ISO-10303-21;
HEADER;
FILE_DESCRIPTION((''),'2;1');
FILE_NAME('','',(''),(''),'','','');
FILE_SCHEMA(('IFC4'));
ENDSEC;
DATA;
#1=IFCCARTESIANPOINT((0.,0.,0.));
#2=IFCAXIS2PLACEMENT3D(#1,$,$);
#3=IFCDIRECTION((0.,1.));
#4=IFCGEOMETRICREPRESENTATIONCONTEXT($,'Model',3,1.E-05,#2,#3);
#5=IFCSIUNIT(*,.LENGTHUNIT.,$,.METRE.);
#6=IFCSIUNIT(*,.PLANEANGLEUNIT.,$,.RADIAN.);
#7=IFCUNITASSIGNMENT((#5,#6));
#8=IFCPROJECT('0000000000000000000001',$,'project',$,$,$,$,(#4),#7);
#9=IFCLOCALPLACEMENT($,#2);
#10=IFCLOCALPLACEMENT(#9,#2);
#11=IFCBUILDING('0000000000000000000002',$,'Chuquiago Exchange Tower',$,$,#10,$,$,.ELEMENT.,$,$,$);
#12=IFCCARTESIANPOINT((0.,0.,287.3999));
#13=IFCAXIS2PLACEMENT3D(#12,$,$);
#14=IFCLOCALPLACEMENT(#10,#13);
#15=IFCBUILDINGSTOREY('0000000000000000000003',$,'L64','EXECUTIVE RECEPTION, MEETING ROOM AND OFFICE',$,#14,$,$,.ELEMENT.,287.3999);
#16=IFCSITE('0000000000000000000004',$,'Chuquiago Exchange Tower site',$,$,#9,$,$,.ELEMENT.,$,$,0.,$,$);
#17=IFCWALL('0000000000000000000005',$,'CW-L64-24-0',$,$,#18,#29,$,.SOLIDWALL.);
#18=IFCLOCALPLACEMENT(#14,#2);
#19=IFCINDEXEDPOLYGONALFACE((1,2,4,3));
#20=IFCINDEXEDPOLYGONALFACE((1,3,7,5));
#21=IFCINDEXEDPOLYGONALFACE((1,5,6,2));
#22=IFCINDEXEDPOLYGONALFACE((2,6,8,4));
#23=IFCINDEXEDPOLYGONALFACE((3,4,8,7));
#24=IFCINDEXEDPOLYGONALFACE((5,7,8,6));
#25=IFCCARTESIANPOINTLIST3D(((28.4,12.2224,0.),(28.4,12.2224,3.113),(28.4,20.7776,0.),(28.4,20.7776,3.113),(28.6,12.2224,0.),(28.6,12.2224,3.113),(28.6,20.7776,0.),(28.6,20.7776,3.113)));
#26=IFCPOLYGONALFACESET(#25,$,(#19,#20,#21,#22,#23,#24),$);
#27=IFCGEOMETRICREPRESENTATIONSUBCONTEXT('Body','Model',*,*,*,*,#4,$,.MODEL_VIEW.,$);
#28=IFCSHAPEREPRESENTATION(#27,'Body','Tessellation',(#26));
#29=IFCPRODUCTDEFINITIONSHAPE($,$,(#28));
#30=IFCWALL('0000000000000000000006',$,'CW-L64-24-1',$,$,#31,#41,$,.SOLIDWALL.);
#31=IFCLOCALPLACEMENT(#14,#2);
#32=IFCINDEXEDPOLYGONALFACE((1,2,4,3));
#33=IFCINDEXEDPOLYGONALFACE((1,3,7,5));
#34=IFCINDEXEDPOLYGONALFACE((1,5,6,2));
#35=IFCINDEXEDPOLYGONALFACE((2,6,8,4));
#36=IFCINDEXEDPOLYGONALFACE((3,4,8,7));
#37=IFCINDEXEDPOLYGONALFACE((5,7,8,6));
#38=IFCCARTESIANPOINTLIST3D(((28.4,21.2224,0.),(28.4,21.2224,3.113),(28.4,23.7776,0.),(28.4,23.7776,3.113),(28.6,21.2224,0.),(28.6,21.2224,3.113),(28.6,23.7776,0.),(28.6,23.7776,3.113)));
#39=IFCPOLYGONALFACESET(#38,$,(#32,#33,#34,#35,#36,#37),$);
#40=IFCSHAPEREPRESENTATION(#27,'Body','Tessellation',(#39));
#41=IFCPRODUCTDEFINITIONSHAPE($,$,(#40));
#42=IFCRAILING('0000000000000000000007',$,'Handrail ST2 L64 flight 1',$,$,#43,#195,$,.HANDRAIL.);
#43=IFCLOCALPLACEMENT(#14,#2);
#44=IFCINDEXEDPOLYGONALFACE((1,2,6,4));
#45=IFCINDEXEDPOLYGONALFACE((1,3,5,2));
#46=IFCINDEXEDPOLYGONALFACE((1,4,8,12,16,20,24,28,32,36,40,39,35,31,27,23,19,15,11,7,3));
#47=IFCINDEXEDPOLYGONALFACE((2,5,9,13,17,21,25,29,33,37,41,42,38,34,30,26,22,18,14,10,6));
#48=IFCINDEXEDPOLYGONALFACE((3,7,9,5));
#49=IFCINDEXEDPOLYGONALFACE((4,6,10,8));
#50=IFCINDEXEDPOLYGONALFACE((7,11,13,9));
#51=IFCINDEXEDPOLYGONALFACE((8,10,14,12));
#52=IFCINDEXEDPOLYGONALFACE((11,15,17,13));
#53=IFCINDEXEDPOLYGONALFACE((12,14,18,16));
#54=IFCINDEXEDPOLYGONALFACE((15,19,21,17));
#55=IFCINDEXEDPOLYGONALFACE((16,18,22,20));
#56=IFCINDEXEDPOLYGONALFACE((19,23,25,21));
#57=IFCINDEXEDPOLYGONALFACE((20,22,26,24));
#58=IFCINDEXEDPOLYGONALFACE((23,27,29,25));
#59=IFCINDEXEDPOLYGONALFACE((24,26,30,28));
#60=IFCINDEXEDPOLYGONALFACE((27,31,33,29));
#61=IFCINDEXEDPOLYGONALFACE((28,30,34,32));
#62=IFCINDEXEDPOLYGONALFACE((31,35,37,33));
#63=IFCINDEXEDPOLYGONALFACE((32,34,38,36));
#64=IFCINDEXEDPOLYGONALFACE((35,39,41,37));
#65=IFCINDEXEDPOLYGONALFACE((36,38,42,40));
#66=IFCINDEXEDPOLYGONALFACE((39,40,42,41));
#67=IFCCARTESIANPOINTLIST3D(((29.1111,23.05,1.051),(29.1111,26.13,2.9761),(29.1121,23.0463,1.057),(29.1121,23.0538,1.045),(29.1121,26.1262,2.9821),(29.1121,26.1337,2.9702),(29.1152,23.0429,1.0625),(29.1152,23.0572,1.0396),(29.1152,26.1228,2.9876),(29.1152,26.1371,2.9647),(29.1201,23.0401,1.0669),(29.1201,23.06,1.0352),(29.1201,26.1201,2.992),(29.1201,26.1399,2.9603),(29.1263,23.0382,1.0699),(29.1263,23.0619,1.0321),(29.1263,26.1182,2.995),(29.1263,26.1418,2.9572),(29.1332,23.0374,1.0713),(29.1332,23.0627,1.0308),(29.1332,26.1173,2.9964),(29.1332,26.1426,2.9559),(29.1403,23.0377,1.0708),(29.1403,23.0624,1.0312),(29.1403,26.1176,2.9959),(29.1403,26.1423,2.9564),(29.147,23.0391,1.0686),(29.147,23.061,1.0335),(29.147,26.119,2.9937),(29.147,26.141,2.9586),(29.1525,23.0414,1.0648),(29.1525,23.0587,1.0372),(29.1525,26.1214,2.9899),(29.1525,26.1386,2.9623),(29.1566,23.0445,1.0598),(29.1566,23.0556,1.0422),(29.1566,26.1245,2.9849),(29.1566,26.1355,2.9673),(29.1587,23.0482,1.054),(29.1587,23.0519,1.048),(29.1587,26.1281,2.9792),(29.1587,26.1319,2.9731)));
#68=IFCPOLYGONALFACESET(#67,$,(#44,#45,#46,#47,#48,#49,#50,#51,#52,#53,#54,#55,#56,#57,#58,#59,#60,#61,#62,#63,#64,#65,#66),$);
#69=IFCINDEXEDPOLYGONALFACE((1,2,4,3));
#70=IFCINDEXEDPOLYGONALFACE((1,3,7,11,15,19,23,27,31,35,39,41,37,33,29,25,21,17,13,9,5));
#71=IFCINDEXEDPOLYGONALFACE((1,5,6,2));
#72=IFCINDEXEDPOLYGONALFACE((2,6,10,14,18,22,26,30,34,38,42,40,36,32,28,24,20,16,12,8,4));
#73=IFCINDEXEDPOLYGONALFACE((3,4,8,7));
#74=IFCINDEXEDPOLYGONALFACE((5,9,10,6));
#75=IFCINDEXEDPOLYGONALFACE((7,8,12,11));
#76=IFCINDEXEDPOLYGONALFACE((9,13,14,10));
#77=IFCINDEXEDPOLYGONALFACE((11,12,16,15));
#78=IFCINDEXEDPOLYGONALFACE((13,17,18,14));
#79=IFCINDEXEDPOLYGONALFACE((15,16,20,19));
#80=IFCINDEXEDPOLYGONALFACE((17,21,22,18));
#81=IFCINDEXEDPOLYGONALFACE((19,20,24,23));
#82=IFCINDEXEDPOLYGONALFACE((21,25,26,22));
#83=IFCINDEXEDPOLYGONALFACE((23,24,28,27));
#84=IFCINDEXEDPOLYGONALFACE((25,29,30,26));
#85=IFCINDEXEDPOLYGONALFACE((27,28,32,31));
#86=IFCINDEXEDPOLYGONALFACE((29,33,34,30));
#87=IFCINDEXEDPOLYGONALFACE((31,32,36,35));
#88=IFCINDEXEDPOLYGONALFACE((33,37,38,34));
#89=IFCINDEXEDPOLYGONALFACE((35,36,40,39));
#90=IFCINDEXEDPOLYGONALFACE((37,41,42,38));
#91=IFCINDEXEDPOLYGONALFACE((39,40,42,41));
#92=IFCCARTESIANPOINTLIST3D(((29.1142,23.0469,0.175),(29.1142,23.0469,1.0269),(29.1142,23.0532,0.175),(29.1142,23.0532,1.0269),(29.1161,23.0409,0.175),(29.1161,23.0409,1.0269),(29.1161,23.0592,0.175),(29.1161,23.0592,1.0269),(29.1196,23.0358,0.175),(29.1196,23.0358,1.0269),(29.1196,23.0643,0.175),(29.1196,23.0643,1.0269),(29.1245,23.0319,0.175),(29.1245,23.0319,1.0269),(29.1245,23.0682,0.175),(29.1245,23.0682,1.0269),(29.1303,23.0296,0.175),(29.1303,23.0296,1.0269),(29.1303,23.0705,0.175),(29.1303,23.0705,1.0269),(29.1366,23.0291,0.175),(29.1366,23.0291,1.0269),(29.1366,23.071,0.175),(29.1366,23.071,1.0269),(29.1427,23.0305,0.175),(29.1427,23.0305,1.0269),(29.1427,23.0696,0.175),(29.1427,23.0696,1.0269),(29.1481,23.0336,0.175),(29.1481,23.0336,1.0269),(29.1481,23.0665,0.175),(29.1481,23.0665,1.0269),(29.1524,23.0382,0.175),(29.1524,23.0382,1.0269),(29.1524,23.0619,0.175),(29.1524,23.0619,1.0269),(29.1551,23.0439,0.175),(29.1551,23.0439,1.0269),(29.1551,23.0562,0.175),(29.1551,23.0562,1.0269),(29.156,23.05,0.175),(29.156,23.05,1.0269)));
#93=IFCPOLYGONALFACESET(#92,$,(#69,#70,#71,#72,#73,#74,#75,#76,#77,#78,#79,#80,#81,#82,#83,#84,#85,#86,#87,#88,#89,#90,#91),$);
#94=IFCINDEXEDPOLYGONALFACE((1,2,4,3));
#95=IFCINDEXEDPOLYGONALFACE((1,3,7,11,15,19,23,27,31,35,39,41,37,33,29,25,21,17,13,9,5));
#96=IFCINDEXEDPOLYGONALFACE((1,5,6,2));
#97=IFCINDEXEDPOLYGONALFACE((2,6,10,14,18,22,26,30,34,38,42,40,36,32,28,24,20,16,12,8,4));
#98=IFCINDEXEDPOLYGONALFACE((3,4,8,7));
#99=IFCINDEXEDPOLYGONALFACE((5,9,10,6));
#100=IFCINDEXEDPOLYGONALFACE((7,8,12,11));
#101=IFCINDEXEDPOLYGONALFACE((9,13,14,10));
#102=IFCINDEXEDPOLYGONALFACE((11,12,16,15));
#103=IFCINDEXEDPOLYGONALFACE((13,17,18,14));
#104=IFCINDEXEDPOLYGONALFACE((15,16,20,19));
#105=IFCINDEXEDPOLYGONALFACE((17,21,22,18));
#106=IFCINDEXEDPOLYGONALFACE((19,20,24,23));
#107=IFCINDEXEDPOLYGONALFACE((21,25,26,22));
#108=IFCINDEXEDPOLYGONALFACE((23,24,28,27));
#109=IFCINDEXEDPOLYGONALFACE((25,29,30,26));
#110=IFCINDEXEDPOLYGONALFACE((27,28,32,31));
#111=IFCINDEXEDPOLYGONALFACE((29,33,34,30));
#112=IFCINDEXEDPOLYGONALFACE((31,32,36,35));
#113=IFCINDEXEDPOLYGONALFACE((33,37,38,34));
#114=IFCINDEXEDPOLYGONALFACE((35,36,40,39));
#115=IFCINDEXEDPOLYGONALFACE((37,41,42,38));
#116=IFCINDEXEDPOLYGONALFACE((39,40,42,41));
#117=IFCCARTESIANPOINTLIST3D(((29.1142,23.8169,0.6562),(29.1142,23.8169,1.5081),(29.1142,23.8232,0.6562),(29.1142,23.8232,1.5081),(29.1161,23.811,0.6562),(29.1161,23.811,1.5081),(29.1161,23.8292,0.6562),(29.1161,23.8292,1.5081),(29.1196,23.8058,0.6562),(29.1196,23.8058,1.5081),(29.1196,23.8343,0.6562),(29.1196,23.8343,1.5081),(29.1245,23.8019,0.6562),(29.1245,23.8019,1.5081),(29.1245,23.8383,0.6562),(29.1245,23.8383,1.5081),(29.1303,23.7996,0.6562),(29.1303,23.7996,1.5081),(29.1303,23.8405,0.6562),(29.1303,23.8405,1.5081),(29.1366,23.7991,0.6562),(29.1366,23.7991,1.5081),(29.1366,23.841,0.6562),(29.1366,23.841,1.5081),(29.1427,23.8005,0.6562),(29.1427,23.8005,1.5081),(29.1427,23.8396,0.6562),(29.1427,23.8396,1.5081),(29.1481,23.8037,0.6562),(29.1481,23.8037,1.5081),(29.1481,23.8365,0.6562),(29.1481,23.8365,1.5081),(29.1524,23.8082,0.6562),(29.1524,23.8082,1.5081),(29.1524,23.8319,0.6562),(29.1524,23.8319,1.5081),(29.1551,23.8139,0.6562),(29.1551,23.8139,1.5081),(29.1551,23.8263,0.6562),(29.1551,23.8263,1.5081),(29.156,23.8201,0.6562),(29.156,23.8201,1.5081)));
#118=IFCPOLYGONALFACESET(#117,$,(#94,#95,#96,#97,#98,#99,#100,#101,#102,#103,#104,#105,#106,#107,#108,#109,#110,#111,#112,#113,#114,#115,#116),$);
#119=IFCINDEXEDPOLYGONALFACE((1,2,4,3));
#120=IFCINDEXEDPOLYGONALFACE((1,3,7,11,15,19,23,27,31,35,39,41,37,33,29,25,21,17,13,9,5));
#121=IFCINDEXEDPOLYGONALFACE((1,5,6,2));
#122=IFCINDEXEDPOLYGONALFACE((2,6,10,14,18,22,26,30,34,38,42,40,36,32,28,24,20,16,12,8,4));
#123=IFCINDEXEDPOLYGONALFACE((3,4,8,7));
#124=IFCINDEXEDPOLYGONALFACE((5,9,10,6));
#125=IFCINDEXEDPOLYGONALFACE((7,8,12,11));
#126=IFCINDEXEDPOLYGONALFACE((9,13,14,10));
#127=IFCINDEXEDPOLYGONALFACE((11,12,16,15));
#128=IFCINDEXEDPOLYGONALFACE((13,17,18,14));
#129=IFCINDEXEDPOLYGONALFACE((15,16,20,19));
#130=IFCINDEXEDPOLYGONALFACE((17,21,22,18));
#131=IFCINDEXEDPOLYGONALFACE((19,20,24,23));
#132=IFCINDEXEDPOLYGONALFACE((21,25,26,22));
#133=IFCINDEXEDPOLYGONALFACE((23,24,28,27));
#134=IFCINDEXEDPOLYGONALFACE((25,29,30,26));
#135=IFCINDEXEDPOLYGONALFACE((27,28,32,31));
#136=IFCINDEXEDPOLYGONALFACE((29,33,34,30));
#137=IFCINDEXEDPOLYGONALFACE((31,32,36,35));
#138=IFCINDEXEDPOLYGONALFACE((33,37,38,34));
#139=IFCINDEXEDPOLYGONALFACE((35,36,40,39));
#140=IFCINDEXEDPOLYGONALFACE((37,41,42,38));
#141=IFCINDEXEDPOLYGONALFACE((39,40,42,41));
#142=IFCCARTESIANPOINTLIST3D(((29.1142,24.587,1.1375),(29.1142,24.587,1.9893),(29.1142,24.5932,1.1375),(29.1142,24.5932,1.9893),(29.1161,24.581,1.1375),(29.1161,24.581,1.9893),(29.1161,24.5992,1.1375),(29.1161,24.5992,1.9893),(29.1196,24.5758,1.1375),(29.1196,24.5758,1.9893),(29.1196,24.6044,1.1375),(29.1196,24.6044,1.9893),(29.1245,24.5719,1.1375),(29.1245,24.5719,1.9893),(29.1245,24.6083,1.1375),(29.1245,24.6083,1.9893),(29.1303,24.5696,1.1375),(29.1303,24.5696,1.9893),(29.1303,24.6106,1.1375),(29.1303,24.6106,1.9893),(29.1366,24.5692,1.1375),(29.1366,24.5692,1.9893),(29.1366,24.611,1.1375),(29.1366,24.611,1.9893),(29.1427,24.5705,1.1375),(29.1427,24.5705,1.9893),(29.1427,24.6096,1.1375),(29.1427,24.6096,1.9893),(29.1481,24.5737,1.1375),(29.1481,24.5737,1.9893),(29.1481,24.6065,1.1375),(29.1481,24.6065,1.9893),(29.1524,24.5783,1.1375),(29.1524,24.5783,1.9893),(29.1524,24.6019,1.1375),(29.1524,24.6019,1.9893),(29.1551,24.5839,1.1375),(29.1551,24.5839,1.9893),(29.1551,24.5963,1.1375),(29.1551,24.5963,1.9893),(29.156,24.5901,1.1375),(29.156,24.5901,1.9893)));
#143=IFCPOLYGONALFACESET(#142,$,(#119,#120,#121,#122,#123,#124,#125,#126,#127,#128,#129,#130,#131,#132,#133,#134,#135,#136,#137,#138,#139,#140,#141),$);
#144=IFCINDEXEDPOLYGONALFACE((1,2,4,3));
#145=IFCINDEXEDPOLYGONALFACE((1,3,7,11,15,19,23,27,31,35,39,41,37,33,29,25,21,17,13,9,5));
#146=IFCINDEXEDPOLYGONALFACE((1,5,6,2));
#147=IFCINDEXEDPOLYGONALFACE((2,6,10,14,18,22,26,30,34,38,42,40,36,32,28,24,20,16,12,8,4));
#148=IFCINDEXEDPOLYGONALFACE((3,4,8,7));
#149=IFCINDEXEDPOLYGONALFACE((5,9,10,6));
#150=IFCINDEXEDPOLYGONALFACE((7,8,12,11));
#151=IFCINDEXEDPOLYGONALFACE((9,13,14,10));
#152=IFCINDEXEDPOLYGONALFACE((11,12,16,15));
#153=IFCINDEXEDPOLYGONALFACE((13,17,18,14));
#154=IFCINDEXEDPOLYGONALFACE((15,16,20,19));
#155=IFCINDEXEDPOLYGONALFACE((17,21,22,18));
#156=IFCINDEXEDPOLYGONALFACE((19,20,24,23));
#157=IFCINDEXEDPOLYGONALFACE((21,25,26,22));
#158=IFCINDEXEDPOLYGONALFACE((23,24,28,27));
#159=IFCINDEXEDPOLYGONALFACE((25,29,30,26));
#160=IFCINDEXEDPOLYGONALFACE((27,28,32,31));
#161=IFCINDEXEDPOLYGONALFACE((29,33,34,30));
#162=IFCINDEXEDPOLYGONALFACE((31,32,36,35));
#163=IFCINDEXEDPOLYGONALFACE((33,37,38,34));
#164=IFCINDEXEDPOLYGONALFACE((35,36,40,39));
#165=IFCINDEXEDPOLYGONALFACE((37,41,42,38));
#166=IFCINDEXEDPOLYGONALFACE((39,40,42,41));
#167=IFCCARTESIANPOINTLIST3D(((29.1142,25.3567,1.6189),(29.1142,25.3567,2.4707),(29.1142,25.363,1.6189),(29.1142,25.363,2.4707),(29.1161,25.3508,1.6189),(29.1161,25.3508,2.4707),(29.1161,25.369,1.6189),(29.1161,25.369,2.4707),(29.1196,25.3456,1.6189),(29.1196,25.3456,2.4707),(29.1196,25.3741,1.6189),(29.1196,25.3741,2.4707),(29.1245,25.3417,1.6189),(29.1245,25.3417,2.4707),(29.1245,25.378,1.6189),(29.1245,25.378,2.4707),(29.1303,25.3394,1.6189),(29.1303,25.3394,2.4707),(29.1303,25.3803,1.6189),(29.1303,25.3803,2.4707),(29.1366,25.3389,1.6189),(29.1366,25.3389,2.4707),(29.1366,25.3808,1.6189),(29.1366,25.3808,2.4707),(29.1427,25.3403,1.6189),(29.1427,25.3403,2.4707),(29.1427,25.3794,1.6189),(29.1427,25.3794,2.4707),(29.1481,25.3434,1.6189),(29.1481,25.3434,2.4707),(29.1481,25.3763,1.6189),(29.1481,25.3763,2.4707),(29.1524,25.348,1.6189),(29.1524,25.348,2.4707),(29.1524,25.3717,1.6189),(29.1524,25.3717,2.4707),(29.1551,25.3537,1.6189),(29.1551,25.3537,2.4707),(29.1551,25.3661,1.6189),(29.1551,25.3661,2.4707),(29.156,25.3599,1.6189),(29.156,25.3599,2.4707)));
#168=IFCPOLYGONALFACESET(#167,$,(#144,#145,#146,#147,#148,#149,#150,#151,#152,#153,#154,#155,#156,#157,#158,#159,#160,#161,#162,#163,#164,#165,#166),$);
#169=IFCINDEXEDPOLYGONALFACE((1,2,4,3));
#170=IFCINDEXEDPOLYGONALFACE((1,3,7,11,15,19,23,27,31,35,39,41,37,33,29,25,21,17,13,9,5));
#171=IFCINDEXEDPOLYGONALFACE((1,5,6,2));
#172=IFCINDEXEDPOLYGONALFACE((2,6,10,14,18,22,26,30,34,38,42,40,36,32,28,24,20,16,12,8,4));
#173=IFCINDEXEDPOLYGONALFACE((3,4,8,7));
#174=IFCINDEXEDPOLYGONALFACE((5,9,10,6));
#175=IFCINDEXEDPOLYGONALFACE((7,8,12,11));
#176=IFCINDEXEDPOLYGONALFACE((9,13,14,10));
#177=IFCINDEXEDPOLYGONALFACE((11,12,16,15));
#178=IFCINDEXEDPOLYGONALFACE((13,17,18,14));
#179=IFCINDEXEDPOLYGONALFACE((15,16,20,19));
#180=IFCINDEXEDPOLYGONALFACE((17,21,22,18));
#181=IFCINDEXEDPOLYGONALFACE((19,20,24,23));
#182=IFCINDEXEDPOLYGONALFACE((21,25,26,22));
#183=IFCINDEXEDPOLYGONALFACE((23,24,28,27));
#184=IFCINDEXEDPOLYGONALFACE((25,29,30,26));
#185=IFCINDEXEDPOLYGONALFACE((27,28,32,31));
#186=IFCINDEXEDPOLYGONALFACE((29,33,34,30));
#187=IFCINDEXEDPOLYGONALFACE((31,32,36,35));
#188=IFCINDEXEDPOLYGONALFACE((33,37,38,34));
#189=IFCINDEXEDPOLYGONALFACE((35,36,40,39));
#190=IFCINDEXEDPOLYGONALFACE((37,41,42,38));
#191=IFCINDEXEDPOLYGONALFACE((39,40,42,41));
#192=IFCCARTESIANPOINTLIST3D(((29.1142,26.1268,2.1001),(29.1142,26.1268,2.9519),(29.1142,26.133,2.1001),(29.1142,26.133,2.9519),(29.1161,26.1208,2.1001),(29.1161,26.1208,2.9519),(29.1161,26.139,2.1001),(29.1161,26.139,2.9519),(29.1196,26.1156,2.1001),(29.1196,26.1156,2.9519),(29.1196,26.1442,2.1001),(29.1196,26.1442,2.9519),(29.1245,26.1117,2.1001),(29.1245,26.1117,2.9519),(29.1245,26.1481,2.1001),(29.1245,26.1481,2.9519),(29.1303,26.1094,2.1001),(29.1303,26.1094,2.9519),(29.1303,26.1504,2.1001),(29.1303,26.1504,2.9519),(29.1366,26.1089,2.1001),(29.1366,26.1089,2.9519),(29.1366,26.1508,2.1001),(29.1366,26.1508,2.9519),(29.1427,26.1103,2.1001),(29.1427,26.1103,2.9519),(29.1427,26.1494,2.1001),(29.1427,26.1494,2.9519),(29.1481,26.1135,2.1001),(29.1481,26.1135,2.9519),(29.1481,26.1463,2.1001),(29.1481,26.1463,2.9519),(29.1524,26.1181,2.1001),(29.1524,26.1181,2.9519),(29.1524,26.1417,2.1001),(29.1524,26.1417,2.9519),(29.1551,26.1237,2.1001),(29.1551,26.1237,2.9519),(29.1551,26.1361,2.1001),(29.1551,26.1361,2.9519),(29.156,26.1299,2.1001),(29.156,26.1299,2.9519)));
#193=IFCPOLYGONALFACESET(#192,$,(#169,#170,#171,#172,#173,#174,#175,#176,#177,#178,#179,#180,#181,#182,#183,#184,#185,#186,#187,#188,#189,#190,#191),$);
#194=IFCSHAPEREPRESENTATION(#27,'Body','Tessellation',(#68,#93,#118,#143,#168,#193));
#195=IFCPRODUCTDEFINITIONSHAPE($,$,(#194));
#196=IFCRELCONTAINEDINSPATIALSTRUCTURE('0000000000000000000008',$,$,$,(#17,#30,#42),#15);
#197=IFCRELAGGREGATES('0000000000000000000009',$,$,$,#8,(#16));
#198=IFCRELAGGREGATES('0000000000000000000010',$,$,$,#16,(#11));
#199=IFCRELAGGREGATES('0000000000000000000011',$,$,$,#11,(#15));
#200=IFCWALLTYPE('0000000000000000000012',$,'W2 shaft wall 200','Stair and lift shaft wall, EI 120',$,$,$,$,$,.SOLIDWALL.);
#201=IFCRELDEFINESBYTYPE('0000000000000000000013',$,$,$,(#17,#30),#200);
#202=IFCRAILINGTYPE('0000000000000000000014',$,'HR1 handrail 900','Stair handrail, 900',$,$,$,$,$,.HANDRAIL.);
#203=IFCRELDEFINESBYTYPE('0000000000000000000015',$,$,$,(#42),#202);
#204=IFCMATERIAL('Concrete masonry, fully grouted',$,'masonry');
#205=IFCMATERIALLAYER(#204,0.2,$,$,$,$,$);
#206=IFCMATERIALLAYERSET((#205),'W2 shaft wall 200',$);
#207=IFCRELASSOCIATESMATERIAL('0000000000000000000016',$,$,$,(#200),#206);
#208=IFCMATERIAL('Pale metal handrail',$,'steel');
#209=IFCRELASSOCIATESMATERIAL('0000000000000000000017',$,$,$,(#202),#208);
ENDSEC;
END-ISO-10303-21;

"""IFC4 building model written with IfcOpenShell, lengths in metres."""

from ifc_helpers import new_model, si_unit, direction, frame, frame_2d, origin, origin_2d, place, context, subcontext, project, spatial, rectangle, circle, extrude, material, layer, layer_set, type_object, element, save


model = new_model("IFC4")

# Units and contexts
model_context = context("Model", 3, precision=1e-05, world=origin(), true_north=direction((0.0, 1.0)))
body_context = subcontext(model_context, "Body", "Model", "MODEL_VIEW")
ifc_project = project(units=[si_unit("LENGTHUNIT", "METRE"), si_unit("PLANEANGLEUNIT", "RADIAN")], contexts=[model_context])

# Site, building, storey
site_placement = place(None, origin())
site = spatial("IfcSite", under=ifc_project, at=site_placement, Name="Chuquiago Exchange Tower site", CompositionType="ELEMENT", RefElevation=0.0)
building_placement = place(site_placement, origin())
building = spatial("IfcBuilding", under=site, at=building_placement, Name="Chuquiago Exchange Tower", CompositionType="ELEMENT")
storey_placement = place(building_placement, frame((0.0, 0.0, 287.3999)))
storey = spatial("IfcBuildingStorey", under=building, at=storey_placement, Name="L64", Description="EXECUTIVE RECEPTION, MEETING ROOM AND OFFICE", CompositionType="ELEMENT", Elevation=287.3999)

# Shared definitions
ifc_material_1 = material(Name="Concrete masonry, fully grouted", Category="masonry")
ifc_layer = layer(ifc_material_1, 0.2)
ifc_layer_set = layer_set([ifc_layer], Name="W2 shaft wall 200")
wall_type = type_object("IfcWallType", Name="W2 shaft wall 200", Description="Stair and lift shaft wall, EI 120", PredefinedType="SOLIDWALL", material=ifc_layer_set)

# Walls
wall_1_placement = place(storey_placement, frame((28.5, 12.2224, 0.0), z_axis=(0.0, 0.0, 1.0), x_axis=(0.0, 1.0, 0.0)))
element("IfcWall", 1, at=wall_1_placement, inside=storey, type_object=wall_type, Name="CW-L64-24-0", PredefinedType="SOLIDWALL", context=body_context, shape_type="SweptSolid", body=[
    extrude(rectangle(XDim=8.5552, YDim=0.2, at=frame_2d((4.2776, 0.0))), origin(), (0.0, 0.0, 1.0), 3.113),
])
wall_2_placement = place(storey_placement, frame((28.5, 21.2224, 0.0), z_axis=(0.0, 0.0, 1.0), x_axis=(0.0, 1.0, 0.0)))
element("IfcWall", 2, at=wall_2_placement, inside=storey, type_object=wall_type, Name="CW-L64-24-1", PredefinedType="SOLIDWALL", context=body_context, shape_type="SweptSolid", body=[
    extrude(rectangle(XDim=2.5552, YDim=0.2, at=frame_2d((1.2776, 0.0))), origin(), (0.0, 0.0, 1.0), 3.113),
])

# Railing
ifc_material_2 = material(Name="Pale metal handrail", Category="steel")
railing_type = type_object("IfcRailingType", Name="HR1 handrail 900", Description="Stair handrail, 900", PredefinedType="HANDRAIL", material=ifc_material_2)
railing_placement = place(storey_placement, frame((29.135, 23.05, 0.175)))
element("IfcRailing", 3, at=railing_placement, inside=storey, type_object=railing_type, Name="Handrail ST2 L64 flight 1", PredefinedType="HANDRAIL", context=body_context, shape_type="SweptSolid", body=[
    extrude(circle(Radius=0.0239, at=origin_2d()), frame((0.0, 0.0, 0.876), z_axis=(0.0, 0.847979, 0.530029), x_axis=(-1.0, 0.0, 0.0)), (0.0, 0.0, 1.0), 3.6321),
    extrude(circle(Radius=0.021, at=origin_2d()), origin(), (0.0, 0.0, 1.0), 0.8518),
    extrude(circle(Radius=0.021, at=origin_2d()), frame((0.0, 0.77, 0.4812)), (0.0, 0.0, 1.0), 0.8518),
    extrude(circle(Radius=0.021, at=origin_2d()), frame((0.0, 1.54, 0.9624)), (0.0, 0.0, 1.0), 0.8518),
    extrude(circle(Radius=0.021, at=origin_2d()), frame((0.0, 2.3098, 1.4438)), (0.0, 0.0, 1.0), 0.8518),
    extrude(circle(Radius=0.021, at=origin_2d()), frame((0.0, 3.0798, 1.925)), (0.0, 0.0, 1.0), 0.8518),
])

save(model, "model.ifc")
